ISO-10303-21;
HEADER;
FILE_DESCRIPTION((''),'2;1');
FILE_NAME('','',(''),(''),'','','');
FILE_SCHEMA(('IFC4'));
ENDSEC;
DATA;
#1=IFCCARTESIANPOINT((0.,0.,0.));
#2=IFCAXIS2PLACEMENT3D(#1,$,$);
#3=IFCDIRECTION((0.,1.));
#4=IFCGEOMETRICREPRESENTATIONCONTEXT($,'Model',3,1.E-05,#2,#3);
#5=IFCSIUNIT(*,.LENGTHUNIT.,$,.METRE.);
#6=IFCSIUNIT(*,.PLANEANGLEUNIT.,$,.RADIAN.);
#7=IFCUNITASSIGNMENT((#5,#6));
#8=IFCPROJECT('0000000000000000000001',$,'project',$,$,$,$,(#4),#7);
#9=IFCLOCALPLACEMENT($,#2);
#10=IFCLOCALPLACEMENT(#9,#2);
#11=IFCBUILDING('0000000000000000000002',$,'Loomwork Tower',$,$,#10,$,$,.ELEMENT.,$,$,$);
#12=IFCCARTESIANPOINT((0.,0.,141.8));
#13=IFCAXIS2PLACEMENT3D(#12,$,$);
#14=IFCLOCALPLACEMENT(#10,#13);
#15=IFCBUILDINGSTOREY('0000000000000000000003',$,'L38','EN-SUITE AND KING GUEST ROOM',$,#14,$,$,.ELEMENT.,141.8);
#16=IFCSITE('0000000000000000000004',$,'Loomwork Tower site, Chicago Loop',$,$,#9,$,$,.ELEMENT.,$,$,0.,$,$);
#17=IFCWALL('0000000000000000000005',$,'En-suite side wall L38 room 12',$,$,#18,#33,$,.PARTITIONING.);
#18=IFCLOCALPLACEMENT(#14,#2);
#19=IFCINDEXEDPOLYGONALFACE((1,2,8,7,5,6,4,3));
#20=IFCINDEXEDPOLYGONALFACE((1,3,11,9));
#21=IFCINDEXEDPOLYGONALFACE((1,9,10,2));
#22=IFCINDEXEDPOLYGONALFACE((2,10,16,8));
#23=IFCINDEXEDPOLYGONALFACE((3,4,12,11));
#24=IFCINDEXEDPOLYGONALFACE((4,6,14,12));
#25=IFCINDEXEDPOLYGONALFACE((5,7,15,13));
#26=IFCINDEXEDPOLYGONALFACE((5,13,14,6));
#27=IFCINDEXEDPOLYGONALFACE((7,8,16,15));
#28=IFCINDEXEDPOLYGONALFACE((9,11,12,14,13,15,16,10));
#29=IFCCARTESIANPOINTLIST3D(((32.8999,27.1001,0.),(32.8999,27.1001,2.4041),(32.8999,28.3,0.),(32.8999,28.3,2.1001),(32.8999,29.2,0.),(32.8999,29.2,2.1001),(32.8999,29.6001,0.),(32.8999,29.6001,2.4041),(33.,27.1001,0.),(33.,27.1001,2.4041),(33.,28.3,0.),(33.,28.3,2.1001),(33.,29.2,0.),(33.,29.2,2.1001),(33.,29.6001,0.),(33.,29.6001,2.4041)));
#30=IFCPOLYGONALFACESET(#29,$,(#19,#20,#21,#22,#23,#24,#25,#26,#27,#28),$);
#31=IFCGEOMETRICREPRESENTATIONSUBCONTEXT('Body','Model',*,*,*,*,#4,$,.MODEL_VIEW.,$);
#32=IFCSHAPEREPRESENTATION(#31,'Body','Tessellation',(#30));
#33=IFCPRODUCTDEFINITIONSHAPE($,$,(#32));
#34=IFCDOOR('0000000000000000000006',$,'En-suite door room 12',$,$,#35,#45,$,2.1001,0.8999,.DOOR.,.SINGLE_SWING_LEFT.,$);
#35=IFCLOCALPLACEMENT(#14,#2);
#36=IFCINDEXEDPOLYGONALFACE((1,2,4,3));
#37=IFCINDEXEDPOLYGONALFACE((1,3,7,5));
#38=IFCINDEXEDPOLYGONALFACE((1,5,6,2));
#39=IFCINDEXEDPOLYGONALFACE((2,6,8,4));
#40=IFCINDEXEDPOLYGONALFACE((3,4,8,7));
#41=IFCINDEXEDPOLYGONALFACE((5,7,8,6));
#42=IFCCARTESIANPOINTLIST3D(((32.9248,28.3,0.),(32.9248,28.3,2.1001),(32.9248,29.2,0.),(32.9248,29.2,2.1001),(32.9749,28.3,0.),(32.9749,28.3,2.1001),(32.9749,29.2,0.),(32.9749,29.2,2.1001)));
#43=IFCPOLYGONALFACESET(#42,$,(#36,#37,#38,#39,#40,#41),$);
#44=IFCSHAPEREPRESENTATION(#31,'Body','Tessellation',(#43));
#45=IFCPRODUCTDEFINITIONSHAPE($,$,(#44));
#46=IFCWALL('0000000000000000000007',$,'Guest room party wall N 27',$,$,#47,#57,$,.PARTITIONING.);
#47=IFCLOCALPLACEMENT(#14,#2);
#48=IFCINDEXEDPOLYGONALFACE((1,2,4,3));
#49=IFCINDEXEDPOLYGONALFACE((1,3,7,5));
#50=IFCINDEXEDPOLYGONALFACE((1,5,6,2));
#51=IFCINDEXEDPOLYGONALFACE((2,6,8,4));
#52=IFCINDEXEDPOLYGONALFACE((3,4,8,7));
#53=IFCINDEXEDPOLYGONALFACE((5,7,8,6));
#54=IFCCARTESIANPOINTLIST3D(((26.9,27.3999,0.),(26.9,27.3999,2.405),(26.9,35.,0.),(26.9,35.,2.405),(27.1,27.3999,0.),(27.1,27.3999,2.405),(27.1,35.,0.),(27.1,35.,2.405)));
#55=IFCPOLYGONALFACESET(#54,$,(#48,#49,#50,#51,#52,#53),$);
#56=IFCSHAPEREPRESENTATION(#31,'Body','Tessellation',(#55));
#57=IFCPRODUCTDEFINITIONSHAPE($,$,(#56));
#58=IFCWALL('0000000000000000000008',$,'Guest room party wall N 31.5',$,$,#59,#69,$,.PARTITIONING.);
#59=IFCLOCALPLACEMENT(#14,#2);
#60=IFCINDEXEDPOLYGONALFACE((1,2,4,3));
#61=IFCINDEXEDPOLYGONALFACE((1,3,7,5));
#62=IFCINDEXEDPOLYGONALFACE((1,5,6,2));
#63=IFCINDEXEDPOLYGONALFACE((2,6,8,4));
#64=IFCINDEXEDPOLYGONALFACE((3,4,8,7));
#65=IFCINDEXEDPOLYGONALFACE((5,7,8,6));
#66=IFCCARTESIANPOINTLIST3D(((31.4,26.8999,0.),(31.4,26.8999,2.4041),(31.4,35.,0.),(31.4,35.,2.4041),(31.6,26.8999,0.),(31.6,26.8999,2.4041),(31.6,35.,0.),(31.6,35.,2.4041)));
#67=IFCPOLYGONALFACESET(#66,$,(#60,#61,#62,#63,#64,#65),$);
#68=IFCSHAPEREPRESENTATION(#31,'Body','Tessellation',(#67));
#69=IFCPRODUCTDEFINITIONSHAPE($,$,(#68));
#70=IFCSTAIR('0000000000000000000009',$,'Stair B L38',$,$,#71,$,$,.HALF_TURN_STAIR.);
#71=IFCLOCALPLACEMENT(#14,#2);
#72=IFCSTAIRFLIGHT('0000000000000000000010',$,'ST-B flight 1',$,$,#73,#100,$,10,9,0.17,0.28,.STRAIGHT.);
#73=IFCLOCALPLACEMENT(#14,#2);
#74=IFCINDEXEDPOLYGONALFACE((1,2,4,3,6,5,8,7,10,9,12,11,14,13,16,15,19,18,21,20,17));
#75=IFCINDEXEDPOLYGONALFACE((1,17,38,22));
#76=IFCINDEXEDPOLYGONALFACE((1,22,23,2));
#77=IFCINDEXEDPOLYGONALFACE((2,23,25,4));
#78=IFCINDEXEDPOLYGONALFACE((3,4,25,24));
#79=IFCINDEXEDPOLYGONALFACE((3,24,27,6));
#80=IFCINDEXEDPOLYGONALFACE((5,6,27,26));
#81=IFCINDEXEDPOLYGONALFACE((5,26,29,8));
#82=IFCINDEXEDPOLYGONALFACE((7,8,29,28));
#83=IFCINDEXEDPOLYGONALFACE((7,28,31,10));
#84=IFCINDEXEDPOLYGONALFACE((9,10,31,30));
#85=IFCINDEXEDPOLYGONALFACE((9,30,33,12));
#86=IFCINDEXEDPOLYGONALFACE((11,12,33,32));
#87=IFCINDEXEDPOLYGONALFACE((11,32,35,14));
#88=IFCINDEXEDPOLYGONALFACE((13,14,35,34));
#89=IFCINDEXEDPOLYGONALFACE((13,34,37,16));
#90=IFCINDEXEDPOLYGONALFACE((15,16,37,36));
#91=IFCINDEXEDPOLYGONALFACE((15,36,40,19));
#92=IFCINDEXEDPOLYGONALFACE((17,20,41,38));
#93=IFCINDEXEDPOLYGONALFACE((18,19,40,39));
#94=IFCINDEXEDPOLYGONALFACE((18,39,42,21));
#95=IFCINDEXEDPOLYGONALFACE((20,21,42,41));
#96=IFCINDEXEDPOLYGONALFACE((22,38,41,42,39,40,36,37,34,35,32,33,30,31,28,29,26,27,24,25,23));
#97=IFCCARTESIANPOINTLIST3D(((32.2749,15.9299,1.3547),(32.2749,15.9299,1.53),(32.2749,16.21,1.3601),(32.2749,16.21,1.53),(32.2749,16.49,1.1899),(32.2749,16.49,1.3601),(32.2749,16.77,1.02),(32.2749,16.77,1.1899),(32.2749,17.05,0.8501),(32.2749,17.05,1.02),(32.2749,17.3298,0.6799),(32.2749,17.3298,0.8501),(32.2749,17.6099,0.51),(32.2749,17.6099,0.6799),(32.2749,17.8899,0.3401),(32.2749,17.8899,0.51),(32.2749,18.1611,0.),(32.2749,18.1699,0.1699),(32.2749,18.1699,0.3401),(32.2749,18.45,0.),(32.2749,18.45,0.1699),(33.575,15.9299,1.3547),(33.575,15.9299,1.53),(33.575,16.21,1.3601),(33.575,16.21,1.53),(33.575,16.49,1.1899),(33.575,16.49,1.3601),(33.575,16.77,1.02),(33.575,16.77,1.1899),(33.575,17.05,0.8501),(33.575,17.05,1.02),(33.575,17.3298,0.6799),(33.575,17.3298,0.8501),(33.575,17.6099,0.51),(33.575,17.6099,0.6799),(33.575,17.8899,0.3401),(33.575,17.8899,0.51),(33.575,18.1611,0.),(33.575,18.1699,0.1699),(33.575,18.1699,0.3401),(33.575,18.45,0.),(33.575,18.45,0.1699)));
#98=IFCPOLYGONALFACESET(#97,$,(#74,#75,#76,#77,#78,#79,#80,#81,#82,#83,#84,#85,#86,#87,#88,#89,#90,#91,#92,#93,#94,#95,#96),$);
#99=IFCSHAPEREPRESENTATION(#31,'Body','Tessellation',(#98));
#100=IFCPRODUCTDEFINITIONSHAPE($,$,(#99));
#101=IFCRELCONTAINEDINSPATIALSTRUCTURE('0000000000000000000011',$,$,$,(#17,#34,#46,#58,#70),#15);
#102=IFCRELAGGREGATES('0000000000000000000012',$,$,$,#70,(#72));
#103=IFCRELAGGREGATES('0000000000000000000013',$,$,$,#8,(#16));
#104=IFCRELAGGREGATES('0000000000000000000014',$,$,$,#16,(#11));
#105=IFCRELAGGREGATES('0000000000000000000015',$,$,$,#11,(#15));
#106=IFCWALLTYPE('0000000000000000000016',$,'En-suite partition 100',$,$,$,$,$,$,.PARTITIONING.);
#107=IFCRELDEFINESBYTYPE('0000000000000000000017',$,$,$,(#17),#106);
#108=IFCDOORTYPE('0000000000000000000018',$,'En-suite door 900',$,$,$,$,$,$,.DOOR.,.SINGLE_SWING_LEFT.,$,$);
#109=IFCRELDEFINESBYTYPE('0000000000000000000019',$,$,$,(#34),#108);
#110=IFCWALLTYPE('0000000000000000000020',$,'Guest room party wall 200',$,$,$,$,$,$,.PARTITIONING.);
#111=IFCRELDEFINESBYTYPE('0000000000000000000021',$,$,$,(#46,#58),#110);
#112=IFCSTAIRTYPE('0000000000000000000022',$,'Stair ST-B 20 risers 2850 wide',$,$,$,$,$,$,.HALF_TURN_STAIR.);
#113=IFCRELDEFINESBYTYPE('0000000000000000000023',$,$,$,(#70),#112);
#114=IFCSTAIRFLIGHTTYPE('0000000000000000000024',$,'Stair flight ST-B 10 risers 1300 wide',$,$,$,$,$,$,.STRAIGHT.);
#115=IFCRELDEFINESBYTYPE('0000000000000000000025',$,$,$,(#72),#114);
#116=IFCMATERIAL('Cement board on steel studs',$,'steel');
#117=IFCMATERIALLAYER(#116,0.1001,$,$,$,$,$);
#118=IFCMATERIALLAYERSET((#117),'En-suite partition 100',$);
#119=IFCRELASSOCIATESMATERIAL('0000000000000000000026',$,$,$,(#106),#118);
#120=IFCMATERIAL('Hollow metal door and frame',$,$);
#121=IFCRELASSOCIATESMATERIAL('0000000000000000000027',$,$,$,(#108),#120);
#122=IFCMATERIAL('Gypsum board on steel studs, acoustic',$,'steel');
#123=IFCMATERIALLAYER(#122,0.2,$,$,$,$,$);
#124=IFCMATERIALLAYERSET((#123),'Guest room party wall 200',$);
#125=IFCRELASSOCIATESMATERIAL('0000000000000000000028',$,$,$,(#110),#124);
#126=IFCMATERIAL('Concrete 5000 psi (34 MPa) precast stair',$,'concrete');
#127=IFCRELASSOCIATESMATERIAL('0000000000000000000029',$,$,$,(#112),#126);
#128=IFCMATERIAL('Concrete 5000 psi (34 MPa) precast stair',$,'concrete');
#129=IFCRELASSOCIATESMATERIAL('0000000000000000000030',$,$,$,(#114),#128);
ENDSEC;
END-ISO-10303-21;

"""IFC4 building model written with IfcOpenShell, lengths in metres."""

from ifc_helpers import new_model, si_unit, direction, frame, frame_2d, origin, place, context, subcontext, project, spatial, polyline, rectangle, outline, extrude, material, layer, layer_set, type_object, element, fill, aggregate, save


model = new_model("IFC4")

# Units and contexts
model_context = context("Model", 3, precision=1e-05, world=origin(), true_north=direction((0.0, 1.0)))
body_context = subcontext(model_context, "Body", "Model", "MODEL_VIEW")
ifc_project = project(units=[si_unit("LENGTHUNIT", "METRE"), si_unit("PLANEANGLEUNIT", "RADIAN")], contexts=[model_context])

# Site, building, storey
site_placement = place(None, origin())
site = spatial("IfcSite", under=ifc_project, at=site_placement, Name="Loomwork Tower site, Chicago Loop", CompositionType="ELEMENT", RefElevation=0.0)
building_placement = place(site_placement, origin())
building = spatial("IfcBuilding", under=site, at=building_placement, Name="Loomwork Tower", CompositionType="ELEMENT")
storey_placement = place(building_placement, frame((0.0, 0.0, 141.8)))
storey = spatial("IfcBuildingStorey", under=building, at=storey_placement, Name="L38", Description="EN-SUITE AND KING GUEST ROOM", CompositionType="ELEMENT", Elevation=141.8)

# Wall, opening, door
ifc_material_1 = material(Name="Cement board on steel studs", Category="steel")
ifc_layer_1 = layer(ifc_material_1, 0.1001)
ifc_layer_set_1 = layer_set([ifc_layer_1], Name="En-suite partition 100")
wall_type_1 = type_object("IfcWallType", Name="En-suite partition 100", PredefinedType="PARTITIONING", material=ifc_layer_set_1)
wall_1_placement = place(storey_placement, frame((32.95, 27.1001, 0.0), z_axis=(0.0, 0.0, 1.0), x_axis=(0.0, 1.0, 0.0)))
wall_1 = element("IfcWall", 1, at=wall_1_placement, inside=storey, type_object=wall_type_1, Name="En-suite side wall L38 room 12", PredefinedType="PARTITIONING", context=body_context, shape_type="SweptSolid", body=[
    extrude(rectangle(XDim=2.5, YDim=0.1001, at=frame_2d((1.25, 0.0))), origin(), (0.0, 0.0, 1.0), 2.4041),
])
opening_1_placement = place(wall_1_placement, frame((1.2, 0.0, 0.0)))
opening_1 = element("IfcOpeningElement", 2, at=opening_1_placement, cuts=wall_1, PredefinedType="OPENING", context=body_context, shape_type="SweptSolid", body=[
    extrude(rectangle(XDim=0.8999, YDim=2.1001, at=frame_2d((0.45, 1.05))), frame((0.0, 0.0601, 0.0), z_axis=(0.0, -1.0, 0.0), x_axis=(1.0, 0.0, 0.0)), (0.0, 0.0, 1.0), 0.1201),
])
ifc_material_2 = material(Name="Hollow metal door and frame")
door_type_1 = type_object("IfcDoorType", Name="En-suite door 900", OperationType="SINGLE_SWING_LEFT", PredefinedType="DOOR", material=ifc_material_2)
door_1_placement = place(opening_1_placement, frame((0.8999, 0.0, 0.0), z_axis=(0.0, 0.0, 1.0), x_axis=(-1.0, 0.0, 0.0)))
door_1 = element("IfcDoor", 3, at=door_1_placement, inside=storey, type_object=door_type_1, Name="En-suite door room 12", OperationType="SINGLE_SWING_LEFT", OverallHeight=2.1001, OverallWidth=0.8999, PredefinedType="DOOR", context=body_context, shape_type="SweptSolid", body=[
    extrude(rectangle(XDim=0.8999, YDim=2.1001, at=frame_2d((0.45, 1.05))), frame((0.0, 0.0249, 0.0), z_axis=(0.0, -1.0, 0.0), x_axis=(1.0, 0.0, 0.0)), (0.0, 0.0, 1.0), 0.05),
])
fill(opening_1, door_1)

# Walls
ifc_material_3 = material(Name="Gypsum board on steel studs, acoustic", Category="steel")
ifc_layer_2 = layer(ifc_material_3, 0.2)
ifc_layer_set_2 = layer_set([ifc_layer_2], Name="Guest room party wall 200")
wall_type_2 = type_object("IfcWallType", Name="Guest room party wall 200", PredefinedType="PARTITIONING", material=ifc_layer_set_2)
wall_2_placement = place(storey_placement, frame((27.0, 27.3999, 0.0), z_axis=(0.0, 0.0, 1.0), x_axis=(0.0, 1.0, 0.0)))
element("IfcWall", 4, at=wall_2_placement, inside=storey, type_object=wall_type_2, Name="Guest room party wall N 27", PredefinedType="PARTITIONING", context=body_context, shape_type="SweptSolid", body=[
    extrude(rectangle(XDim=7.6001, YDim=0.2, at=frame_2d((3.8, 0.0))), origin(), (0.0, 0.0, 1.0), 2.405),
])
wall_3_placement = place(storey_placement, frame((31.5, 26.8999, 0.0), z_axis=(0.0, 0.0, 1.0), x_axis=(0.0, 1.0, 0.0)))
element("IfcWall", 5, at=wall_3_placement, inside=storey, type_object=wall_type_2, Name="Guest room party wall N 31.5", PredefinedType="PARTITIONING", context=body_context, shape_type="SweptSolid", body=[
    extrude(rectangle(XDim=8.1001, YDim=0.2, at=frame_2d((4.05, 0.0))), origin(), (0.0, 0.0, 1.0), 2.4041),
])

# Stair, stair flight
ifc_material_4 = material(Name="Concrete 5000 psi (34 MPa) precast stair", Category="concrete")
stair_type = type_object("IfcStairType", Name="Stair ST-B 20 risers 2850 wide", PredefinedType="HALF_TURN_STAIR", material=ifc_material_4)
stair_placement = place(storey_placement, origin())
stair = element("IfcStair", 6, at=stair_placement, inside=storey, type_object=stair_type, Name="Stair B L38", PredefinedType="HALF_TURN_STAIR")
ifc_material_5 = material(Name="Concrete 5000 psi (34 MPa) precast stair", Category="concrete")
stair_flight_type = type_object("IfcStairFlightType", Name="Stair flight ST-B 10 risers 1300 wide", PredefinedType="STRAIGHT", material=ifc_material_5)
stair_flight_placement = place(storey_placement, frame((32.925, 18.45, 0.0), z_axis=(0.0, 0.0, 1.0), x_axis=(0.0, -1.0, 0.0)))
stair_flight = element("IfcStairFlight", 7, at=stair_flight_placement, type_object=stair_flight_type, Name="ST-B flight 1", NumberOfRisers=10, NumberOfTreads=9, PredefinedType="STRAIGHT", RiserHeight=0.17, TreadLength=0.28, context=body_context, shape_type="SweptSolid", body=[
    extrude(outline(polyline([(0.0, 0.0), (0.0, 0.1699), (0.28, 0.1699), (0.28, 0.3401), (0.5601, 0.3401), (0.5601, 0.51), (0.8401, 0.51), (0.8401, 0.6799), (1.1201, 0.6799), (1.1201, 0.8501), (1.3999, 0.8501), (1.3999, 1.02), (1.6799, 1.02), (1.6799, 1.1899), (1.96, 1.1899), (1.96, 1.3601), (2.24, 1.3601), (2.24, 1.53), (2.52, 1.53), (2.52, 1.7), (2.52, 1.3547), (0.2888, 0.0), (0.0, 0.0)])), frame((0.0, 0.6499, 0.0), z_axis=(0.0, -1.0, 0.0), x_axis=(1.0, 0.0, 0.0)), (0.0, 0.0, 1.0), 1.3),
])
aggregate(stair, [stair_flight])

save(model, "model.ifc")
